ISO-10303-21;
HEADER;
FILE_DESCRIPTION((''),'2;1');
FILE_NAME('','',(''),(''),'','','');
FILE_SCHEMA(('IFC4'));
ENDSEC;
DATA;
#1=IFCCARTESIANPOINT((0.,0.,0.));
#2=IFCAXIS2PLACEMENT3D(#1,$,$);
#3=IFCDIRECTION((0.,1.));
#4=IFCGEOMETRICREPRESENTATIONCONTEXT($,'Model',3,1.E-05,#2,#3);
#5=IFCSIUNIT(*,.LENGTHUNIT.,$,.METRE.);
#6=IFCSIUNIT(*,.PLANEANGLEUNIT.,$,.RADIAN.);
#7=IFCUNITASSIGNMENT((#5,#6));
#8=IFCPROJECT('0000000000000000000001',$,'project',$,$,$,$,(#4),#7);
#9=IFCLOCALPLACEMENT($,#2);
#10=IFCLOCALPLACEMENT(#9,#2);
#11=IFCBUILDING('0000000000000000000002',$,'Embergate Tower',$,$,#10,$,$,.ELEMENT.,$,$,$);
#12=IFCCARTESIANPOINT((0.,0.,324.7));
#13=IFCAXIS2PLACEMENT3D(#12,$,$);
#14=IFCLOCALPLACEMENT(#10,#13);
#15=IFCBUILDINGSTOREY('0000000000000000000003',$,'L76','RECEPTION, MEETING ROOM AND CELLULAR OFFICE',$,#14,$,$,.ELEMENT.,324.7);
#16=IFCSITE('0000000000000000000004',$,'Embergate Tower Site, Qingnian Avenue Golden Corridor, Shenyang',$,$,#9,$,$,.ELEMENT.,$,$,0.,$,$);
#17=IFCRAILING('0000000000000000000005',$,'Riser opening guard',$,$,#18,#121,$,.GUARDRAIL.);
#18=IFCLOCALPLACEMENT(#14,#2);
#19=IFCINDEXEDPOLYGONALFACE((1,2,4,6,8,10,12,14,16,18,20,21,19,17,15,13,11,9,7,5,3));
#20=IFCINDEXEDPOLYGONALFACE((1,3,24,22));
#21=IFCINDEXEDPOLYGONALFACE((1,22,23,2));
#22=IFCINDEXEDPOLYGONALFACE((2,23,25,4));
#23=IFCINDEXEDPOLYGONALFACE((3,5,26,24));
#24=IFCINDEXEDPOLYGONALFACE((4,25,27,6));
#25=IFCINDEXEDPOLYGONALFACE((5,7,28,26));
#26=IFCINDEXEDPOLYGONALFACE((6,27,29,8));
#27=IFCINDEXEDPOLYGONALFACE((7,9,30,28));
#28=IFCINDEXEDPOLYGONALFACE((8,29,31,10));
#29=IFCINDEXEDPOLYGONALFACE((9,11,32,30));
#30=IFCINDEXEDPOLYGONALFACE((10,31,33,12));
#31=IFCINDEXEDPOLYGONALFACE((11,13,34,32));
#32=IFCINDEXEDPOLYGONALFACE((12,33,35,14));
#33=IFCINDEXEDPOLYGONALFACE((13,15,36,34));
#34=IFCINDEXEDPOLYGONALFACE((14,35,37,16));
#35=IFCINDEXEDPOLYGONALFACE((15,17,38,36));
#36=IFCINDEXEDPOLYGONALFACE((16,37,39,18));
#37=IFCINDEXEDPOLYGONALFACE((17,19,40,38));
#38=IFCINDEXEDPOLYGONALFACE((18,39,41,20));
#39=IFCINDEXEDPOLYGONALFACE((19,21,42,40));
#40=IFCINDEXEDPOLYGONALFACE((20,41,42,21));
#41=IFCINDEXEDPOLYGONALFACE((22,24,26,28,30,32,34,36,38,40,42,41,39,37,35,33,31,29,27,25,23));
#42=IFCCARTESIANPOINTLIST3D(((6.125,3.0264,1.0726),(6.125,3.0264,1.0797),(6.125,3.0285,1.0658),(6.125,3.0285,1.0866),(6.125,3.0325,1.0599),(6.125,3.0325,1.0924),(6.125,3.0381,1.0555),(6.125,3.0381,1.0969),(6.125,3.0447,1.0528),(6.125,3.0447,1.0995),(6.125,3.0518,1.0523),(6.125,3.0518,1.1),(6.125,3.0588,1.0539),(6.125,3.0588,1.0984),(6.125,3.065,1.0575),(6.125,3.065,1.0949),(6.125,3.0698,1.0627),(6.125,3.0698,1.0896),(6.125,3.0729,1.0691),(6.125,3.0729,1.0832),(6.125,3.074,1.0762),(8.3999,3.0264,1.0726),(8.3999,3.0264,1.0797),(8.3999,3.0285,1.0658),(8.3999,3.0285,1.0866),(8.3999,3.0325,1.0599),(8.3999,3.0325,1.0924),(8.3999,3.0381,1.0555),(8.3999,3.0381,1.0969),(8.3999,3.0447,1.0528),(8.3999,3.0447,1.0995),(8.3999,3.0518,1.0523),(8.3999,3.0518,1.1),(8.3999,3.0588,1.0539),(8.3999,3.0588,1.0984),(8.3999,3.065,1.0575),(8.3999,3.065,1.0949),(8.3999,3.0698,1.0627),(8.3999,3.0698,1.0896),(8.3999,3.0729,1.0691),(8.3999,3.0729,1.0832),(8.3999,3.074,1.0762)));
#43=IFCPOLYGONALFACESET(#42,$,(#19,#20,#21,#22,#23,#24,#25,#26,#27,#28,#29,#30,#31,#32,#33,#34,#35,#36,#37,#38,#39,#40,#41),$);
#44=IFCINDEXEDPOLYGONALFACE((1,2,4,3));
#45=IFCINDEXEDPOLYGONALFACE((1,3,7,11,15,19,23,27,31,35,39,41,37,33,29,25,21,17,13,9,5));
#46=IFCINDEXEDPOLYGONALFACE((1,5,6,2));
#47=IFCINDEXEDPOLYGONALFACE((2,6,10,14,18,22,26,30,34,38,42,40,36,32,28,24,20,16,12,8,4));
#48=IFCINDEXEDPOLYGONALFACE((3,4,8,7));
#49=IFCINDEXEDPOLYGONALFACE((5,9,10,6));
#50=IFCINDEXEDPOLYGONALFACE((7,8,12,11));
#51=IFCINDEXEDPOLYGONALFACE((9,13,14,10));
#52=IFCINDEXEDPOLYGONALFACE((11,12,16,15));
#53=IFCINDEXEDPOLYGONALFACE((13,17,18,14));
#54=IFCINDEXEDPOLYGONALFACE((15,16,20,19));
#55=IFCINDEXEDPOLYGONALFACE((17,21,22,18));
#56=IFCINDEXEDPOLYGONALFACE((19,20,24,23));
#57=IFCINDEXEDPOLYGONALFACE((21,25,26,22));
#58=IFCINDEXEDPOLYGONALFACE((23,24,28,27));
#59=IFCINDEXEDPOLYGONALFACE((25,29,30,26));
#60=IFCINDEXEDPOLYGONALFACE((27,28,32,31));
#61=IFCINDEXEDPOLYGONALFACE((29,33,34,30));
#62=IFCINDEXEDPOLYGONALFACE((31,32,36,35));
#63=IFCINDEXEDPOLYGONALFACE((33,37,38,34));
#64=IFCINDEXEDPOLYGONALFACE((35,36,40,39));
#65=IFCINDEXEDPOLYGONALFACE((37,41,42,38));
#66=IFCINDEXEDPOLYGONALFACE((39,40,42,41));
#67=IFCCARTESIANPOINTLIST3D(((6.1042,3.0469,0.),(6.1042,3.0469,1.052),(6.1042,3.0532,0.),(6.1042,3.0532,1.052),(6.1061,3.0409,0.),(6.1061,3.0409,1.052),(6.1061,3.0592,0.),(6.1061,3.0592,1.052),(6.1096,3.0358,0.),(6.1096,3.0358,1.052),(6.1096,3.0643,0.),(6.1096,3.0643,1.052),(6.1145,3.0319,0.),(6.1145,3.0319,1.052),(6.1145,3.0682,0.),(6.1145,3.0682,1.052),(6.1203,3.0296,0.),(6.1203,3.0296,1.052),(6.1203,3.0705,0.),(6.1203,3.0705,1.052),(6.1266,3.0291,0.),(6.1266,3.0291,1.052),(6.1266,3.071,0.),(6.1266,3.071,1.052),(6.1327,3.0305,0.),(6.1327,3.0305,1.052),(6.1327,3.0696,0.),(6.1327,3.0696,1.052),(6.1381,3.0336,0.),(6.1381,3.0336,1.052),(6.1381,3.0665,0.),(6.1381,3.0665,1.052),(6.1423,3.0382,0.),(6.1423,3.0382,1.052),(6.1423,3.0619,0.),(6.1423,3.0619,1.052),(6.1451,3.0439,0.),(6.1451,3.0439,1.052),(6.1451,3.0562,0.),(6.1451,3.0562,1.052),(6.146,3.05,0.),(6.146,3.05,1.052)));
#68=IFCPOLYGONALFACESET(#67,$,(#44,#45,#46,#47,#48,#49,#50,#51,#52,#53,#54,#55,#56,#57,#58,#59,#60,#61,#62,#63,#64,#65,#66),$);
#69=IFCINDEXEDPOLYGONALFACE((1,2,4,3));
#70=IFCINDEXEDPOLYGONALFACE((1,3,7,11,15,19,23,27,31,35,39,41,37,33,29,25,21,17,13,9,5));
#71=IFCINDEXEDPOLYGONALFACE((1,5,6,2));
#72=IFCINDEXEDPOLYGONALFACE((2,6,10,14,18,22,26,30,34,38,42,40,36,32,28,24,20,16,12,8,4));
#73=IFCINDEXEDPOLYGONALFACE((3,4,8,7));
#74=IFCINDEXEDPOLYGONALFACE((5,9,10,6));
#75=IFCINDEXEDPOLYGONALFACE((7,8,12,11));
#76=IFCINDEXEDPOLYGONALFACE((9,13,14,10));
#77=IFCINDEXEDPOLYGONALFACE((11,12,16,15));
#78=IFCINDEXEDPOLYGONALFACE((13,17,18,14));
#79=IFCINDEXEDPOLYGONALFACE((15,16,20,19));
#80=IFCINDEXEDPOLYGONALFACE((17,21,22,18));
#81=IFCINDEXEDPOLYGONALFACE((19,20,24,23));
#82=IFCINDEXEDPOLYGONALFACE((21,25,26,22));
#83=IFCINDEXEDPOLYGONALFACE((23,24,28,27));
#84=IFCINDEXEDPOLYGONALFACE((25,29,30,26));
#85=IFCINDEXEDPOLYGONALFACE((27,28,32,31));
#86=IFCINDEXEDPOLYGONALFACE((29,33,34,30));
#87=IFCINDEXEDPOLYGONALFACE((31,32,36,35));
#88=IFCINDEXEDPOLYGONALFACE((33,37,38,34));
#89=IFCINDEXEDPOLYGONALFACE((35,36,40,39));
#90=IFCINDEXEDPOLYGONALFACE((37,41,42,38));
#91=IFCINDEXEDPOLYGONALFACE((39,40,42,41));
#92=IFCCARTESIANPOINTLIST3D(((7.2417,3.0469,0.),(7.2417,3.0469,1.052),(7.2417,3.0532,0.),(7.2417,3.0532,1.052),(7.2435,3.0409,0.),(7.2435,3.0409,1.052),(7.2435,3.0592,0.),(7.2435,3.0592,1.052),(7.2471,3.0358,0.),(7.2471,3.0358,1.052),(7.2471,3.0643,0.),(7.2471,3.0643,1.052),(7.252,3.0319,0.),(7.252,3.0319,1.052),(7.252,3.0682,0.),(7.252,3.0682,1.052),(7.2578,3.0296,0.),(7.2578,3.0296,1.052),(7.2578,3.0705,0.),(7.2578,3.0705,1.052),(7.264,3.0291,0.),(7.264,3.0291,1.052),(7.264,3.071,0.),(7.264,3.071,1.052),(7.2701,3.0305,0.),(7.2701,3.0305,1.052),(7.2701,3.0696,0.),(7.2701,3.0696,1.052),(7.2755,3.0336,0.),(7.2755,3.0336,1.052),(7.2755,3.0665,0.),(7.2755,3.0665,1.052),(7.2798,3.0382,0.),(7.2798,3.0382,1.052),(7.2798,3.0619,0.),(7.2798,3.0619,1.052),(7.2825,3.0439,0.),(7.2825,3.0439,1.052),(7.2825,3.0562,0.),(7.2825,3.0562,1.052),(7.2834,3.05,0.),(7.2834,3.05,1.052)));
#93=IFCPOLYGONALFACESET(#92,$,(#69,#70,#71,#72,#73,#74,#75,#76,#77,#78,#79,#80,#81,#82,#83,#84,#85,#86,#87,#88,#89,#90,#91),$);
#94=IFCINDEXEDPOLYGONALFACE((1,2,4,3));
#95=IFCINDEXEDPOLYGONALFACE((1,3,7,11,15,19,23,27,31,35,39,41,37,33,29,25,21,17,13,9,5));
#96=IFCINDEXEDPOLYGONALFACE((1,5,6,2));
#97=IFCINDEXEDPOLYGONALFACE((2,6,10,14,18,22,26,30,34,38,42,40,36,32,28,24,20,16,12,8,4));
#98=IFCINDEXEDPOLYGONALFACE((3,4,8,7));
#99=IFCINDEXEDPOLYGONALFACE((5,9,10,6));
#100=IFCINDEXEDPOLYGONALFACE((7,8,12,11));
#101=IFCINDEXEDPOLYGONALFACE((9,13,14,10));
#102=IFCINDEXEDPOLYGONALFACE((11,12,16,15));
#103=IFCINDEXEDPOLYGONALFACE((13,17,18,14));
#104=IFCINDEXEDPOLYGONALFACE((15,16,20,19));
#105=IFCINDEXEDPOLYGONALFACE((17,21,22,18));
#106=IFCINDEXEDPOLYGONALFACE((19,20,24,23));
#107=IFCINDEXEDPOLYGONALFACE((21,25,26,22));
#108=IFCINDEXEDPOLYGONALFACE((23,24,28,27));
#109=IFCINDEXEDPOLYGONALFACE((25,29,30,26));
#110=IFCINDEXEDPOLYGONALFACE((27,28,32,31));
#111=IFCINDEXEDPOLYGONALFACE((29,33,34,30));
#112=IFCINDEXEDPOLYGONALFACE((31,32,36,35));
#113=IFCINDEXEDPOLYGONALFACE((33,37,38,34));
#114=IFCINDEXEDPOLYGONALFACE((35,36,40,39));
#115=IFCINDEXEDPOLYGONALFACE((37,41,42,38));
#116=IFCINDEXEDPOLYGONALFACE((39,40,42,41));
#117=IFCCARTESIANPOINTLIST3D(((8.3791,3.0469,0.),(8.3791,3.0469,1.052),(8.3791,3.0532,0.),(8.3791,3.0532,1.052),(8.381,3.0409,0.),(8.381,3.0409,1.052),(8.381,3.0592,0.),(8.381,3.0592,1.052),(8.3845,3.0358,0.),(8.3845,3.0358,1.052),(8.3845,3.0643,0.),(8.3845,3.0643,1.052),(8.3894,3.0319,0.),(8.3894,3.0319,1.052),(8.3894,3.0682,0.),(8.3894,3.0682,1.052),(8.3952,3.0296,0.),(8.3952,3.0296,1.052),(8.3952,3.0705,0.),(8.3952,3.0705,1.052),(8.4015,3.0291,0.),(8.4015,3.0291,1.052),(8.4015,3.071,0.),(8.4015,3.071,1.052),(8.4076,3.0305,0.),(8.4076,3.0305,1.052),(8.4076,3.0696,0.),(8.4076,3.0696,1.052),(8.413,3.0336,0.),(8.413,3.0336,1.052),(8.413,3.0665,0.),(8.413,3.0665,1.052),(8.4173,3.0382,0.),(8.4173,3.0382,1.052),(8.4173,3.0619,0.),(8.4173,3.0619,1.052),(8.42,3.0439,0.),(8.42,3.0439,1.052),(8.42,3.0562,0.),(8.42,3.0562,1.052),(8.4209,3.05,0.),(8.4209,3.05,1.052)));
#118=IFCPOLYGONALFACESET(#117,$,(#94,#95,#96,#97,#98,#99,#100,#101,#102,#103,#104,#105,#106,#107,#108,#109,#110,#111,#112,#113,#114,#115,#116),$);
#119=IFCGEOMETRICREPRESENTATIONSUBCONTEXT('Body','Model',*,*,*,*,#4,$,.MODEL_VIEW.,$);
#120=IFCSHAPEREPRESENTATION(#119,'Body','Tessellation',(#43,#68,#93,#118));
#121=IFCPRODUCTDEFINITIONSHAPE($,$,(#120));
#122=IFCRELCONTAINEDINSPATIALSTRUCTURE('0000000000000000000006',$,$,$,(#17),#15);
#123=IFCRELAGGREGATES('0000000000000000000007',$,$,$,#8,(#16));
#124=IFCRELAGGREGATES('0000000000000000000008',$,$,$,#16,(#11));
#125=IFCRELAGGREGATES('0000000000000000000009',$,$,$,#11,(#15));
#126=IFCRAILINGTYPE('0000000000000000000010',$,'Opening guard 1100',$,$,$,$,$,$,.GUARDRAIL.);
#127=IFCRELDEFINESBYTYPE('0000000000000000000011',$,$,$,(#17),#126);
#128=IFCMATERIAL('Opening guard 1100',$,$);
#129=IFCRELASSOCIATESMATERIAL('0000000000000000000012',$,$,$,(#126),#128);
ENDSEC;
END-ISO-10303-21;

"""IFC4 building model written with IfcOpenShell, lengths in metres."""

from ifc_helpers import new_model, si_unit, direction, frame, origin, origin_2d, place, context, subcontext, project, spatial, circle, extrude, source, transform, mapped, material, type_object, element, save


model = new_model("IFC4")

# Units and contexts
model_context = context("Model", 3, precision=1e-05, world=origin(), true_north=direction((0.0, 1.0)))
body_context = subcontext(model_context, "Body", "Model", "MODEL_VIEW")
ifc_project = project(units=[si_unit("LENGTHUNIT", "METRE"), si_unit("PLANEANGLEUNIT", "RADIAN")], contexts=[model_context])

# Site, building, storey
site_placement = place(None, origin())
site = spatial("IfcSite", under=ifc_project, at=site_placement, Name="Embergate Tower Site, Qingnian Avenue Golden Corridor, Shenyang", CompositionType="ELEMENT", RefElevation=0.0)
building_placement = place(site_placement, origin())
building = spatial("IfcBuilding", under=site, at=building_placement, Name="Embergate Tower", CompositionType="ELEMENT")
storey_placement = place(building_placement, frame((0.0, 0.0, 324.7)))
storey = spatial("IfcBuildingStorey", under=building, at=storey_placement, Name="L76", Description="RECEPTION, MEETING ROOM AND CELLULAR OFFICE", CompositionType="ELEMENT", Elevation=324.7)

# Railing
ifc_material_1 = material(Name="Opening guard 1100")
railing_type = type_object("IfcRailingType", Name="Opening guard 1100", PredefinedType="GUARDRAIL", material=ifc_material_1)
shared_shape_1 = source(origin(), body_context, "Body", "SweptSolid", [
    extrude(circle(Radius=0.0239, at=origin_2d()), frame((0.0, 0.0, 1.0762), z_axis=(1.0, 0.0, 0.0), x_axis=(0.0, 1.0, 0.0)), (0.0, 0.0, 1.0), 2.2749),
    extrude(circle(Radius=0.021, at=origin_2d()), origin(), (0.0, 0.0, 1.0), 1.052),
    extrude(circle(Radius=0.021, at=origin_2d()), frame((1.1375, 0.0, 0.0)), (0.0, 0.0, 1.0), 1.052),
    extrude(circle(Radius=0.021, at=origin_2d()), frame((2.2749, 0.0, 0.0)), (0.0, 0.0, 1.0), 1.052),
])
railing_1_placement = place(storey_placement, frame((6.125, 3.05, 0.0)))
element("IfcRailing", 1, at=railing_1_placement, inside=storey, type_object=railing_type, Name="Riser opening guard", PredefinedType="GUARDRAIL", context=body_context, shape_type="MappedRepresentation", body=[
    mapped(shared_shape_1, transform((0.0, 0.0, 0.0))),
])

save(model, "model.ifc")
